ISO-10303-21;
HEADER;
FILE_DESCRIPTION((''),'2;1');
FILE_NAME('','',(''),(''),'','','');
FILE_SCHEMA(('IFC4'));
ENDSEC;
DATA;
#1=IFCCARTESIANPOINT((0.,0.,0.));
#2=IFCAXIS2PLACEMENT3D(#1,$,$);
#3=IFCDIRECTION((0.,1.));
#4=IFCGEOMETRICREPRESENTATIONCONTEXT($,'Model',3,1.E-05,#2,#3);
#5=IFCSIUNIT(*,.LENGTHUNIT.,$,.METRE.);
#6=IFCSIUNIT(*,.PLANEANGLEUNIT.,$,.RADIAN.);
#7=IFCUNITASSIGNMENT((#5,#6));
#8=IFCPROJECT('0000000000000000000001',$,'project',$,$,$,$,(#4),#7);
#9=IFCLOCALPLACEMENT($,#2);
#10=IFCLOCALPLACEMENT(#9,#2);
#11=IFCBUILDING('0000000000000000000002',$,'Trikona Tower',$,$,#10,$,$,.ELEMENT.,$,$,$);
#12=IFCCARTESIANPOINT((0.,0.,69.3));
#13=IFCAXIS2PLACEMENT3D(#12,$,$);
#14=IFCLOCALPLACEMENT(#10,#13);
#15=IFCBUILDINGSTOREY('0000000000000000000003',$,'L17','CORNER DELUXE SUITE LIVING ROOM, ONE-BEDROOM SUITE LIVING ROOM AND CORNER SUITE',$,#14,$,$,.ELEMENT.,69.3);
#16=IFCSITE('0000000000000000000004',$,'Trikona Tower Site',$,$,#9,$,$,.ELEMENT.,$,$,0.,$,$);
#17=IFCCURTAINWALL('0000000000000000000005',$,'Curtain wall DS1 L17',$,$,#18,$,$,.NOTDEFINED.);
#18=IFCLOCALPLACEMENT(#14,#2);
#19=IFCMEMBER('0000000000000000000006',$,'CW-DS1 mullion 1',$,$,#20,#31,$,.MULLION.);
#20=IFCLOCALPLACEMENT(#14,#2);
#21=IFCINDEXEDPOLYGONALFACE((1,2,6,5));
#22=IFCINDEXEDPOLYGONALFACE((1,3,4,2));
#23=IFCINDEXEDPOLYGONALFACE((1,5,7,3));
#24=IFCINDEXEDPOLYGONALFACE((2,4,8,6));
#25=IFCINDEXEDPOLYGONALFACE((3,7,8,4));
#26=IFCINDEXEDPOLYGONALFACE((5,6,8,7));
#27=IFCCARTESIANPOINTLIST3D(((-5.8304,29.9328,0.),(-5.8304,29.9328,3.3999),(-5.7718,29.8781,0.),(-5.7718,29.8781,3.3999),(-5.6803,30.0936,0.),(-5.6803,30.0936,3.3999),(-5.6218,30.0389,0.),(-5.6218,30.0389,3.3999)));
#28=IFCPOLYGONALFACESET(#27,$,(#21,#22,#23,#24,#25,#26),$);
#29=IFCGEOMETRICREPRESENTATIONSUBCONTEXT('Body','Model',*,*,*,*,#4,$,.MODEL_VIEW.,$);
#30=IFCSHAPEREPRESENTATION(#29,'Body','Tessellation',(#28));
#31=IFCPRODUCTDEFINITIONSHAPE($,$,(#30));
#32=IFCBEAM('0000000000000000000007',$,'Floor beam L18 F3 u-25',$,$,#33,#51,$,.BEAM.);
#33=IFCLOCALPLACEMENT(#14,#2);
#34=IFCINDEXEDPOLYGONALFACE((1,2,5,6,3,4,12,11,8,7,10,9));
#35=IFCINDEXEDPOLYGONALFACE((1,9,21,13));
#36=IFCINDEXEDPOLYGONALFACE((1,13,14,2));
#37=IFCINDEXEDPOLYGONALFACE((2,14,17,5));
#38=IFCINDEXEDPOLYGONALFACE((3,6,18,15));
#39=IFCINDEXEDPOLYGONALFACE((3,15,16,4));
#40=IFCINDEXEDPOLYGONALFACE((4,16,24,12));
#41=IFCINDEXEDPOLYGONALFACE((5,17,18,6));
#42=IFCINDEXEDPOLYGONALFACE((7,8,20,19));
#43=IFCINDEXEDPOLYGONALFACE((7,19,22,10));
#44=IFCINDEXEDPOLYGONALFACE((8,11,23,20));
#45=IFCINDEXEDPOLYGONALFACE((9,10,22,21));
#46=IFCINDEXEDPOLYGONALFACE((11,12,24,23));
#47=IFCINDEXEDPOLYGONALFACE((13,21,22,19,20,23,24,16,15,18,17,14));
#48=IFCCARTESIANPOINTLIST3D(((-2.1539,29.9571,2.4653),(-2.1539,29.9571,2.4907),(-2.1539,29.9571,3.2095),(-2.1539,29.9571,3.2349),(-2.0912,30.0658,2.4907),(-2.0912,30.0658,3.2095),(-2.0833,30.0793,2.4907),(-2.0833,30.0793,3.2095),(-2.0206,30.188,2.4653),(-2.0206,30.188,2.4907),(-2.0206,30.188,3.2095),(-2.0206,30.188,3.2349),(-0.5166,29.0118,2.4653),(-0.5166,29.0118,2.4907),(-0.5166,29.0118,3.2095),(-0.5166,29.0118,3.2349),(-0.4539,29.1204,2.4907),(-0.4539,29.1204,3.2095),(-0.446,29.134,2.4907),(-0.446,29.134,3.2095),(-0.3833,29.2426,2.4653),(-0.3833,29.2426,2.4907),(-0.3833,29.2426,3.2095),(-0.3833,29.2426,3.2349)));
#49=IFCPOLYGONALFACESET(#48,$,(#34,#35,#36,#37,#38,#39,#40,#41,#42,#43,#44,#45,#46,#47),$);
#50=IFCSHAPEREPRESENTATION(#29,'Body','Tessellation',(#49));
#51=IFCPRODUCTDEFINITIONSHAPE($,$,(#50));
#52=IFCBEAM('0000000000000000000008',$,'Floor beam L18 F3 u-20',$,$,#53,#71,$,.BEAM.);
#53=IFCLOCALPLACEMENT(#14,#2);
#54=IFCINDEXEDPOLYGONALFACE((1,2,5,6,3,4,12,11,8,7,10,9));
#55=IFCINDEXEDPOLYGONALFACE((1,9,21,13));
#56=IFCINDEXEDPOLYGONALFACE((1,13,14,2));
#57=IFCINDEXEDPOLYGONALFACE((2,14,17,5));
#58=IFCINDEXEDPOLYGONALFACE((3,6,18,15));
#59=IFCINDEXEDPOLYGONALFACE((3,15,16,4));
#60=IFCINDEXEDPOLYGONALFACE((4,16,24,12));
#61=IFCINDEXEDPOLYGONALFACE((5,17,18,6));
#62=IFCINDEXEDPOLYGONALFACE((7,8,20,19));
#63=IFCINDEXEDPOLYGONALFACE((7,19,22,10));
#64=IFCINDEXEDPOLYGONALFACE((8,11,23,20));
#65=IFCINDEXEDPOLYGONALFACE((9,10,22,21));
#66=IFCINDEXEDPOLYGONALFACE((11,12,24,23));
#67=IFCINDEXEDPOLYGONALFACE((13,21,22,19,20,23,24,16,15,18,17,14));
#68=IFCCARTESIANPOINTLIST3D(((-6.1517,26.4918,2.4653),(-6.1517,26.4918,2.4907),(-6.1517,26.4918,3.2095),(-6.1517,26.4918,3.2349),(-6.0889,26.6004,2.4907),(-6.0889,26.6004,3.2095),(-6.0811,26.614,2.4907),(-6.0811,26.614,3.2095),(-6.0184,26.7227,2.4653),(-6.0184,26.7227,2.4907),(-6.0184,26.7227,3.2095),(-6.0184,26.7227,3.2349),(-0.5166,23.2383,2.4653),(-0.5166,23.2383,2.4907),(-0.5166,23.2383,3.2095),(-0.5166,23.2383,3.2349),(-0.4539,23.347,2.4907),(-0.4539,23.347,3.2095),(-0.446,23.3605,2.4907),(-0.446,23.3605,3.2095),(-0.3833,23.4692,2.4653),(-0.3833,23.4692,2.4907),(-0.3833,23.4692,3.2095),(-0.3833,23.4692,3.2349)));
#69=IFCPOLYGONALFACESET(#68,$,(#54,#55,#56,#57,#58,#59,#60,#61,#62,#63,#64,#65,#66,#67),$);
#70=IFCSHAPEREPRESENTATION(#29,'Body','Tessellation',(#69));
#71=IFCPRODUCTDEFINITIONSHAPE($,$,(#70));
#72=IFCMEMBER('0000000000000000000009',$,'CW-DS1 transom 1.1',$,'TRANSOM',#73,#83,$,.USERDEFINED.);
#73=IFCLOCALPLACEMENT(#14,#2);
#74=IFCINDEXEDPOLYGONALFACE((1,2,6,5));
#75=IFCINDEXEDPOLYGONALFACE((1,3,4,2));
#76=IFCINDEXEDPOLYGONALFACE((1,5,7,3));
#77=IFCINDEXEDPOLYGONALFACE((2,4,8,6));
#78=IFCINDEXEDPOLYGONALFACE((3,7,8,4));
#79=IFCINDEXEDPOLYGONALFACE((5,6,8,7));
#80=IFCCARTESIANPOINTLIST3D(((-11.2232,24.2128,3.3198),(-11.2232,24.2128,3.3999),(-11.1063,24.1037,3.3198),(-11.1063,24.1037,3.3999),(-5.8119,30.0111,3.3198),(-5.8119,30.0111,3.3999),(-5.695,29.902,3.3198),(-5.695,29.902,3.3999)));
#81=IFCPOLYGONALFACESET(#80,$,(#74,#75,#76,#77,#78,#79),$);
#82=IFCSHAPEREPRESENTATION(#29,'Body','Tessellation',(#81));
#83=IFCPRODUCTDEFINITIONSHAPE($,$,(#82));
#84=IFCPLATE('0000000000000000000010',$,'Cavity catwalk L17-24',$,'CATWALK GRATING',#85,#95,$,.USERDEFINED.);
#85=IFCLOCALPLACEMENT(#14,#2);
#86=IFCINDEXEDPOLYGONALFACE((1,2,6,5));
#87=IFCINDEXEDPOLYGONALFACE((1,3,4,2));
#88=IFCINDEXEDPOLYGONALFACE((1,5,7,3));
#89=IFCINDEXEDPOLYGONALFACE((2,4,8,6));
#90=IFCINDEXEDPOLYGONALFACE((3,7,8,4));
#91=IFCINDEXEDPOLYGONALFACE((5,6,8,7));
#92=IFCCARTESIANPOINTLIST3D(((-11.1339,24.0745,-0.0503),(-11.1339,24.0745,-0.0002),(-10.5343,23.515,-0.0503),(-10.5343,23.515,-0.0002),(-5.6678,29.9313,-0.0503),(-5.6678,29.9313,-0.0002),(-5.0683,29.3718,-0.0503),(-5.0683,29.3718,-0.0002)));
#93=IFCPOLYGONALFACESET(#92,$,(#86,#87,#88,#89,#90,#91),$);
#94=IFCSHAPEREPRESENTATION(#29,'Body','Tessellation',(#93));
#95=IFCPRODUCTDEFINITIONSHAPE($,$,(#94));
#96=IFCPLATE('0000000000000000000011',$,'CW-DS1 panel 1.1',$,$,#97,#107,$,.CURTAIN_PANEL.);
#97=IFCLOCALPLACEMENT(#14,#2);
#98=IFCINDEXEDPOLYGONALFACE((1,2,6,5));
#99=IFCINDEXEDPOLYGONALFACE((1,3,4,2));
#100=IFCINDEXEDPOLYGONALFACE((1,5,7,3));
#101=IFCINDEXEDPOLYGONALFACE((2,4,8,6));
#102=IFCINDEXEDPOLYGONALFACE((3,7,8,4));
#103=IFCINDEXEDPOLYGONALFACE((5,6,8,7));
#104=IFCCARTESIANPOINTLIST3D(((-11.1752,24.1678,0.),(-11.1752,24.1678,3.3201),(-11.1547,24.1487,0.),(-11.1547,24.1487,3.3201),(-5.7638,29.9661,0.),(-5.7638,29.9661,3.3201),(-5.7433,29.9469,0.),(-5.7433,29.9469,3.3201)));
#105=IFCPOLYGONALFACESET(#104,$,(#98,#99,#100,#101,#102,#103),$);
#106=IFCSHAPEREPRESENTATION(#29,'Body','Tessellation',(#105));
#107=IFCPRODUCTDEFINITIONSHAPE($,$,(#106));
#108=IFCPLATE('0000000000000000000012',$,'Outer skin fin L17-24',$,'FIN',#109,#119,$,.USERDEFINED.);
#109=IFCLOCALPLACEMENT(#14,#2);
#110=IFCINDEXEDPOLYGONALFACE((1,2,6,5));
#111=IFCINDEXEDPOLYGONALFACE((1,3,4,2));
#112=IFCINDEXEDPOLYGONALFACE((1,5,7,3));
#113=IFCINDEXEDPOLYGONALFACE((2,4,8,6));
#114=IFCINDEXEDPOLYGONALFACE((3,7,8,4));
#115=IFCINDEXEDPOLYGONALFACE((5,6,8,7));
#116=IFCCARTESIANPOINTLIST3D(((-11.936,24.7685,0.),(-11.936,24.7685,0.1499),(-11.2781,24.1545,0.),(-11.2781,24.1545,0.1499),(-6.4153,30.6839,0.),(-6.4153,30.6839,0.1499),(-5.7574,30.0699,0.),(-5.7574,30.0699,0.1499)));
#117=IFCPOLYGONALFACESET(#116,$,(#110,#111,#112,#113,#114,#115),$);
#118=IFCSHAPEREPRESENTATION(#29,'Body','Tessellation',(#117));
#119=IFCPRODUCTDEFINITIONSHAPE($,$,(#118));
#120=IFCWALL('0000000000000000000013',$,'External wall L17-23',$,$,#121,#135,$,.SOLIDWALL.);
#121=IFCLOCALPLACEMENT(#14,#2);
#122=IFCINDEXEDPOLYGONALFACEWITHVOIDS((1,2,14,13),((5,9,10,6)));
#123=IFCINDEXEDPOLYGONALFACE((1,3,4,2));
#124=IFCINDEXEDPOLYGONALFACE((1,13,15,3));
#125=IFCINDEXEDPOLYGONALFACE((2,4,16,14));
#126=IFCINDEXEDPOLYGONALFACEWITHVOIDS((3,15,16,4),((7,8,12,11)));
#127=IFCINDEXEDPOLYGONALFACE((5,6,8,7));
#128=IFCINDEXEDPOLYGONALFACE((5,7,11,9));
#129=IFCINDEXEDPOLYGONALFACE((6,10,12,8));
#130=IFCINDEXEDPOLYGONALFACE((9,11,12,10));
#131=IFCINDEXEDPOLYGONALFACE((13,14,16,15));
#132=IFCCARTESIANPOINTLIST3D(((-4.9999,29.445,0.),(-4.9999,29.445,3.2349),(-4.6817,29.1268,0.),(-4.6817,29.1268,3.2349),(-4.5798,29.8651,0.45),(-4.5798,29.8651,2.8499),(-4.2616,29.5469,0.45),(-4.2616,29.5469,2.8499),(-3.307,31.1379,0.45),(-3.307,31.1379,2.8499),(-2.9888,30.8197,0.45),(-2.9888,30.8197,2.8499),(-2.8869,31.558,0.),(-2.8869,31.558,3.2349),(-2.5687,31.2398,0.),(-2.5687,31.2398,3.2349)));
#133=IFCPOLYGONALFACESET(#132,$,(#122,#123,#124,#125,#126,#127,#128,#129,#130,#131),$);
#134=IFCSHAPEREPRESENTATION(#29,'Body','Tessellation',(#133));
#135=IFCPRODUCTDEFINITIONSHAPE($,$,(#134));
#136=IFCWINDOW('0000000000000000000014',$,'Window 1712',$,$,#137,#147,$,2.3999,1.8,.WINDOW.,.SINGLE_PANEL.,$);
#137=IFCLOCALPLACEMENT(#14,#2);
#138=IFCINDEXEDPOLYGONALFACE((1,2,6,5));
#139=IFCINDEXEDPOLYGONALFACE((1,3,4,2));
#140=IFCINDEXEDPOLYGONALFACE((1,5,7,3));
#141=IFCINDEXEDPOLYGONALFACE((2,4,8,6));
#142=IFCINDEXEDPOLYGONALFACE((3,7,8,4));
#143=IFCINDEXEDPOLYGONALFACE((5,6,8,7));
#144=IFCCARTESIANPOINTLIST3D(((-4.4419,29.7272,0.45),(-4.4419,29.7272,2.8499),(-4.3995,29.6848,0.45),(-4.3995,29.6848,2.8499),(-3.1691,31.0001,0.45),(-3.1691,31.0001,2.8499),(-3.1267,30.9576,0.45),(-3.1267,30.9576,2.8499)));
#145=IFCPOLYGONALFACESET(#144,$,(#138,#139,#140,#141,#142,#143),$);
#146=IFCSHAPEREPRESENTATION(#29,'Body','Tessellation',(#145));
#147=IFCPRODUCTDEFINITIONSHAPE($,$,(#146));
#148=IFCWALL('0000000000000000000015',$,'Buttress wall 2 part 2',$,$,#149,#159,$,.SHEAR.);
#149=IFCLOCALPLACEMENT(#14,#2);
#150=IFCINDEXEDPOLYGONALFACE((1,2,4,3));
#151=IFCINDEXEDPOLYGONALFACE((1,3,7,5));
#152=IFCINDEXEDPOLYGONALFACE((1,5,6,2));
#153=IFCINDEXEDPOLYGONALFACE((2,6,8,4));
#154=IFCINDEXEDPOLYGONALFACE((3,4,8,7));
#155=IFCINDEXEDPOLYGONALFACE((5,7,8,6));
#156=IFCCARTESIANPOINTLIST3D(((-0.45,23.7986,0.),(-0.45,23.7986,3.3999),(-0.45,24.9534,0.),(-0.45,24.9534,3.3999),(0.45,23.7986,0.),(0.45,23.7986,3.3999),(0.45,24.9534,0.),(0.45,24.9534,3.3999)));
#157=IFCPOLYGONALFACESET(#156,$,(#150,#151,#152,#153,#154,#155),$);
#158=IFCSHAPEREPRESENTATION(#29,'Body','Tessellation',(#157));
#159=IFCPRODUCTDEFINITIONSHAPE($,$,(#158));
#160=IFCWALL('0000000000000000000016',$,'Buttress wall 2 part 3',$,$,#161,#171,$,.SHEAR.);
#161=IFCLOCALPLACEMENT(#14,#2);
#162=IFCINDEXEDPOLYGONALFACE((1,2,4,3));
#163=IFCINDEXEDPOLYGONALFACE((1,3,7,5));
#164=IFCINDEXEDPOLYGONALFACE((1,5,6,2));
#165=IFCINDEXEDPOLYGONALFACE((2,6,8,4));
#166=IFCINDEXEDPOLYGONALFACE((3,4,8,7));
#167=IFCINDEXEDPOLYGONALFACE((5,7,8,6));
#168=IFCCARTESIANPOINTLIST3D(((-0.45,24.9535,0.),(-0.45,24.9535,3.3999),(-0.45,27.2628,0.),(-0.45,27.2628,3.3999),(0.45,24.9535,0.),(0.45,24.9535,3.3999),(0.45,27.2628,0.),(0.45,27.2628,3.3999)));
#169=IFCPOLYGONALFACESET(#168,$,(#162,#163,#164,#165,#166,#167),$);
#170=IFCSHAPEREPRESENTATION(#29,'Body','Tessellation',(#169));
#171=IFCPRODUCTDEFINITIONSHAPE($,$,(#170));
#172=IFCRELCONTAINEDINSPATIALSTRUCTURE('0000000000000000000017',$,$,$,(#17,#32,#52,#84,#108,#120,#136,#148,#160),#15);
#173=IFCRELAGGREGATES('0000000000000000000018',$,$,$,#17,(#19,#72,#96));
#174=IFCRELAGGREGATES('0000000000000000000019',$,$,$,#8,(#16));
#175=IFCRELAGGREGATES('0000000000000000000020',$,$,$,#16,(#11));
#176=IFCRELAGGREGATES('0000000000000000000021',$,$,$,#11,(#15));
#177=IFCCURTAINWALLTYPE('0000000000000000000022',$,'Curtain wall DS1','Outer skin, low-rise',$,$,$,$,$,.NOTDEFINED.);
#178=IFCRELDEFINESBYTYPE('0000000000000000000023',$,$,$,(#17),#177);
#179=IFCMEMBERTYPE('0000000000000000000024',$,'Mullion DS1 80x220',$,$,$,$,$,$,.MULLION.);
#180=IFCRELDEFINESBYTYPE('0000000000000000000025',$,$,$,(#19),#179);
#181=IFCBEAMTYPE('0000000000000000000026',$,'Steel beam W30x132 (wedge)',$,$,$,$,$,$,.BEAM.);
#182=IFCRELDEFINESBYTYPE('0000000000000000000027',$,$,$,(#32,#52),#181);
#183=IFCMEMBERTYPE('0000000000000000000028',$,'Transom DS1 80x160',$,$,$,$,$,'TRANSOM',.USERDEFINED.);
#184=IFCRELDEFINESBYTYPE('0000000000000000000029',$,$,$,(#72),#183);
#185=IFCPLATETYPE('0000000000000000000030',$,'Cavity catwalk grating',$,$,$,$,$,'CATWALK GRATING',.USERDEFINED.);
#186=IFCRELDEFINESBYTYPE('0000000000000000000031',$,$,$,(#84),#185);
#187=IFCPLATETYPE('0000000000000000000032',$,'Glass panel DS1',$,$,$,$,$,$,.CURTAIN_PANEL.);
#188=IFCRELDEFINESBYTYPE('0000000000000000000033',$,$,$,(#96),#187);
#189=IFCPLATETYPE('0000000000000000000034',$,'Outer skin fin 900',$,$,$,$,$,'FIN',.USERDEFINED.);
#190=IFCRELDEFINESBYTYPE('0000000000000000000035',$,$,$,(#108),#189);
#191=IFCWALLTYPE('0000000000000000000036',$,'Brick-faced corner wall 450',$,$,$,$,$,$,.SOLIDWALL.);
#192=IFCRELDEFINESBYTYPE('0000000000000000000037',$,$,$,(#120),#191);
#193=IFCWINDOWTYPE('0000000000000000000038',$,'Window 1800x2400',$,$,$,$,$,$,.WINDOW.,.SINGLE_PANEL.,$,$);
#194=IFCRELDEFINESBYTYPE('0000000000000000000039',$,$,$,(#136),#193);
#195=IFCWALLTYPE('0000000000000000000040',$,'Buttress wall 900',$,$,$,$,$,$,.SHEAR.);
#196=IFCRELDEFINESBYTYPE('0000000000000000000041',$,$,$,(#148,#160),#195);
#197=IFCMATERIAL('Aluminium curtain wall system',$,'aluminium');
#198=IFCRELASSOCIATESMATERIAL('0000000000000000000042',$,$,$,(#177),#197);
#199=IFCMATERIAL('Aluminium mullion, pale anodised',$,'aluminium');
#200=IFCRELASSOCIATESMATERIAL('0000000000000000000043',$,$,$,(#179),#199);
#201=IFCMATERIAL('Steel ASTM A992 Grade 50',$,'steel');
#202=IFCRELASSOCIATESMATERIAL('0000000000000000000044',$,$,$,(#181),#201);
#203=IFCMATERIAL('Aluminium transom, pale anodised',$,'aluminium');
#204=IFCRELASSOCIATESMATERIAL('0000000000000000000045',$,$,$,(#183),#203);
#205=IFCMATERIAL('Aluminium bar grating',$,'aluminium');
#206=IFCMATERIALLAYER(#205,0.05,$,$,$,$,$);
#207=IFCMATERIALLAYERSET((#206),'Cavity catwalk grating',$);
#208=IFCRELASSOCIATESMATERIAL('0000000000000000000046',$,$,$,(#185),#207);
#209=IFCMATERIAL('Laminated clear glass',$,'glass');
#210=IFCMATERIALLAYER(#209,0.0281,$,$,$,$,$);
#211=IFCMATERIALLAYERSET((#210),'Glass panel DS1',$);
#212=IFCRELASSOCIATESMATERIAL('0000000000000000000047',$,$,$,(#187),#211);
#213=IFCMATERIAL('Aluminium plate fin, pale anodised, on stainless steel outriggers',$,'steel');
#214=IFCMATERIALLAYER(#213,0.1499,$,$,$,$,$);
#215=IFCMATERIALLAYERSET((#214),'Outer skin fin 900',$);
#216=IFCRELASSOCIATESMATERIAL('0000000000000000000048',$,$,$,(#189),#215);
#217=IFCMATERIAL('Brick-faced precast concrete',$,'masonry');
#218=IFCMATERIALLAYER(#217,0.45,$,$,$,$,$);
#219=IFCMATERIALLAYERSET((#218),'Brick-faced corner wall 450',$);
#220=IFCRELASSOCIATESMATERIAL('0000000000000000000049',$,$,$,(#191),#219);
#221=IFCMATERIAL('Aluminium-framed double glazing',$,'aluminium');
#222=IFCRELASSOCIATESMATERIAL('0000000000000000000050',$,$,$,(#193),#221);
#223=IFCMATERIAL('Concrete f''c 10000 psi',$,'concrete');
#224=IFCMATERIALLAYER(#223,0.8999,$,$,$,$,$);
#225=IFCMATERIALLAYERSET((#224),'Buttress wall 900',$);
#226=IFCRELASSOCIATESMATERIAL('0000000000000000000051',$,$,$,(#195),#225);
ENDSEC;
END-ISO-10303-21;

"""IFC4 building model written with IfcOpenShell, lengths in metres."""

from ifc_helpers import new_model, si_unit, direction, frame, frame_2d, origin, origin_2d, place, context, subcontext, project, spatial, rectangle, i_section, extrude, material, layer, layer_set, material_profile, profile_set, type_object, element, fill, aggregate, save


model = new_model("IFC4")

# Units and contexts
model_context = context("Model", 3, precision=1e-05, world=origin(), true_north=direction((0.0, 1.0)))
body_context = subcontext(model_context, "Body", "Model", "MODEL_VIEW")
ifc_project = project(units=[si_unit("LENGTHUNIT", "METRE"), si_unit("PLANEANGLEUNIT", "RADIAN")], contexts=[model_context])

# Site, building, storey
site_placement = place(None, origin())
site = spatial("IfcSite", under=ifc_project, at=site_placement, Name="Trikona Tower Site", CompositionType="ELEMENT", RefElevation=0.0)
building_placement = place(site_placement, origin())
building = spatial("IfcBuilding", under=site, at=building_placement, Name="Trikona Tower", CompositionType="ELEMENT")
storey_placement = place(building_placement, frame((0.0, 0.0, 69.3)))
storey = spatial("IfcBuildingStorey", under=building, at=storey_placement, Name="L17", Description="CORNER DELUXE SUITE LIVING ROOM, ONE-BEDROOM SUITE LIVING ROOM AND CORNER SUITE", CompositionType="ELEMENT", Elevation=69.3)

# Curtain wall, member
ifc_material_1 = material(Name="Aluminium curtain wall system", Category="aluminium")
curtain_wall_type = type_object("IfcCurtainWallType", Name="Curtain wall DS1", Description="Outer skin, low-rise", PredefinedType="NOTDEFINED", material=ifc_material_1)
curtain_wall_placement = place(storey_placement, origin())
curtain_wall = element("IfcCurtainWall", 1, at=curtain_wall_placement, inside=storey, type_object=curtain_wall_type, Name="Curtain wall DS1 L17", PredefinedType="NOTDEFINED")
ifc_material_2 = material(Name="Aluminium mullion, pale anodised", Category="aluminium")
ifc_material_profile_1 = material_profile(ifc_material_2, rectangle(XDim=0.0801, YDim=0.22, at=origin_2d()), Name="MUL-DS1")
ifc_profile_set_1 = profile_set([ifc_material_profile_1], Name="Aluminium mullion, pale anodised")
member_type_1 = type_object("IfcMemberType", Name="Mullion DS1 80x220", PredefinedType="MULLION", material=ifc_profile_set_1)
member_1_placement = place(storey_placement, frame((-5.7261, 29.9858, 0.0), z_axis=(0.0, 0.0, 1.0), x_axis=(0.731077, -0.682295, 0.0)))
member_1 = element("IfcMember", 2, at=member_1_placement, type_object=member_type_1, Name="CW-DS1 mullion 1", PredefinedType="MULLION", context=body_context, shape_type="SweptSolid", body=[
    extrude(rectangle(XDim=0.0801, YDim=0.22, at=origin_2d()), origin(), (0.0, 0.0, 1.0), 3.3999),
])

# Beams
ifc_material_3 = material(Name="Steel ASTM A992 Grade 50", Category="steel")
ifc_material_profile_2 = material_profile(ifc_material_3, i_section(OverallWidth=0.2666, OverallDepth=0.7695, WebThickness=0.0156, FlangeThickness=0.0254, at=origin_2d()), Name="W30X132")
ifc_profile_set_2 = profile_set([ifc_material_profile_2], Name="Steel ASTM A992 Grade 50")
beam_type = type_object("IfcBeamType", Name="Steel beam W30x132 (wedge)", PredefinedType="BEAM", material=ifc_profile_set_2)
beam_1_placement = place(storey_placement, frame((-0.45, 29.1272, 2.8501), z_axis=(-0.866009, 0.500028, 0.0), x_axis=(-0.500028, -0.866009, 0.0)))
element("IfcBeam", 3, at=beam_1_placement, inside=storey, type_object=beam_type, Name="Floor beam L18 F3 u-25", PredefinedType="BEAM", context=body_context, shape_type="SweptSolid", body=[
    extrude(i_section(OverallWidth=0.2666, OverallDepth=0.7695, WebThickness=0.0156, FlangeThickness=0.0254, at=origin_2d()), origin(), (0.0, 0.0, 1.0), 1.8906),
])
beam_2_placement = place(storey_placement, frame((-0.45, 23.3538, 2.8501), z_axis=(-0.866023, 0.500005, 0.0), x_axis=(-0.500005, -0.866023, 0.0)))
element("IfcBeam", 4, at=beam_2_placement, inside=storey, type_object=beam_type, Name="Floor beam L18 F3 u-20", PredefinedType="BEAM", context=body_context, shape_type="SweptSolid", body=[
    extrude(i_section(OverallWidth=0.2666, OverallDepth=0.7695, WebThickness=0.0156, FlangeThickness=0.0254, at=origin_2d()), origin(), (0.0, 0.0, 1.0), 6.5068),
])

# Member
ifc_material_4 = material(Name="Aluminium transom, pale anodised", Category="aluminium")
ifc_material_profile_3 = material_profile(ifc_material_4, rectangle(XDim=0.1599, YDim=0.0801, at=origin_2d()), Name="TRN-DS1")
ifc_profile_set_3 = profile_set([ifc_material_profile_3], Name="Aluminium transom, pale anodised")
member_type_2 = type_object("IfcMemberType", Name="Transom DS1 80x160", ElementType="TRANSOM", PredefinedType="USERDEFINED", material=ifc_profile_set_3)
member_2_placement = place(storey_placement, frame((-5.7534, 29.9565, 3.3599), z_axis=(-0.682291, -0.731081, 0.0), x_axis=(0.731081, -0.682291, 0.0)))
member_2 = element("IfcMember", 5, at=member_2_placement, type_object=member_type_2, Name="CW-DS1 transom 1.1", ObjectType="TRANSOM", PredefinedType="USERDEFINED", context=body_context, shape_type="SweptSolid", body=[
    extrude(rectangle(XDim=0.1599, YDim=0.0801, at=origin_2d()), origin(), (0.0, 0.0, 1.0), 7.9312),
])

# Plates
ifc_material_5 = material(Name="Aluminium bar grating", Category="aluminium")
ifc_layer_1 = layer(ifc_material_5, 0.05)
ifc_layer_set_1 = layer_set([ifc_layer_1], Name="Cavity catwalk grating")
plate_type_1 = type_object("IfcPlateType", Name="Cavity catwalk grating", ElementType="CATWALK GRATING", PredefinedType="USERDEFINED", material=ifc_layer_set_1)
plate_1_placement = place(storey_placement, frame((-8.1011, 26.7231, -0.0503), z_axis=(0.0, 0.0, 1.0), x_axis=(-0.682298, -0.731074, 0.0)))
element("IfcPlate", 6, at=plate_1_placement, inside=storey, type_object=plate_type_1, Name="Cavity catwalk L17-24", ObjectType="CATWALK GRATING", PredefinedType="USERDEFINED", context=body_context, shape_type="SweptSolid", body=[
    extrude(rectangle(XDim=8.0112, YDim=0.8201, at=origin_2d()), origin(), (0.0, 0.0, 1.0), 0.05),
])
ifc_material_6 = material(Name="Laminated clear glass", Category="glass")
ifc_layer_2 = layer(ifc_material_6, 0.0281)
ifc_layer_set_2 = layer_set([ifc_layer_2], Name="Glass panel DS1")
plate_type_2 = type_object("IfcPlateType", Name="Glass panel DS1", PredefinedType="CURTAIN_PANEL", material=ifc_layer_set_2)
plate_2_placement = place(storey_placement, frame((-8.4592, 27.0574, 0.0), z_axis=(0.0, 0.0, 1.0), x_axis=(-0.682295, -0.731077, 0.0)))
plate_2 = element("IfcPlate", 7, at=plate_2_placement, type_object=plate_type_2, Name="CW-DS1 panel 1.1", PredefinedType="CURTAIN_PANEL", context=body_context, shape_type="SweptSolid", body=[
    extrude(rectangle(XDim=7.9312, YDim=0.0281, at=origin_2d()), origin(), (0.0, 0.0, 1.0), 3.3201),
])
aggregate(curtain_wall, [member_1, member_2, plate_2])
ifc_material_7 = material(Name="Aluminium plate fin, pale anodised, on stainless steel outriggers", Category="steel")
ifc_layer_3 = layer(ifc_material_7, 0.1499)
ifc_layer_set_3 = layer_set([ifc_layer_3], Name="Outer skin fin 900")
plate_type_3 = type_object("IfcPlateType", Name="Outer skin fin 900", ElementType="FIN", PredefinedType="USERDEFINED", material=ifc_layer_set_3)
plate_3_placement = place(storey_placement, frame((-8.8467, 27.4192, 0.0), z_axis=(0.0, 0.0, 1.0), x_axis=(-0.682298, -0.731074, 0.0)))
element("IfcPlate", 8, at=plate_3_placement, inside=storey, type_object=plate_type_3, Name="Outer skin fin L17-24", ObjectType="FIN", PredefinedType="USERDEFINED", context=body_context, shape_type="SweptSolid", body=[
    extrude(rectangle(XDim=8.0913, YDim=0.8999, at=origin_2d()), origin(), (0.0, 0.0, 1.0), 0.1499),
])

# Wall, opening, window
ifc_material_8 = material(Name="Brick-faced precast concrete", Category="masonry")
ifc_layer_4 = layer(ifc_material_8, 0.45)
ifc_layer_set_4 = layer_set([ifc_layer_4], Name="Brick-faced corner wall 450")
wall_type_1 = type_object("IfcWallType", Name="Brick-faced corner wall 450", PredefinedType="SOLIDWALL", material=ifc_layer_set_4)
wall_1_placement = place(storey_placement, frame((-2.7278, 31.3989, 0.0), z_axis=(0.0, 0.0, 1.0), x_axis=(-0.707107, -0.707107, 0.0)))
wall_1 = element("IfcWall", 9, at=wall_1_placement, inside=storey, type_object=wall_type_1, Name="External wall L17-23", PredefinedType="SOLIDWALL", context=body_context, shape_type="SweptSolid", body=[
    extrude(rectangle(XDim=2.9883, YDim=0.45, at=frame_2d((1.4941, 0.0))), origin(), (0.0, 0.0, 1.0), 3.2349),
])
opening_1_placement = place(wall_1_placement, frame((0.5942, 0.0, 0.45)))
opening_1 = element("IfcOpeningElement", 10, at=opening_1_placement, cuts=wall_1, PredefinedType="OPENING", context=body_context, shape_type="SweptSolid", body=[
    extrude(rectangle(XDim=1.8, YDim=2.3999, at=frame_2d((0.8999, 1.2))), frame((0.0, 0.2349, 0.0), z_axis=(0.0, -1.0, 0.0), x_axis=(1.0, 0.0, 0.0)), (0.0, 0.0, 1.0), 0.47),
])
ifc_material_9 = material(Name="Aluminium-framed double glazing", Category="aluminium")
window_type_1 = type_object("IfcWindowType", Name="Window 1800x2400", PartitioningType="SINGLE_PANEL", PredefinedType="WINDOW", material=ifc_material_9)
window_1_placement = place(opening_1_placement, origin())
window_1 = element("IfcWindow", 11, at=window_1_placement, inside=storey, type_object=window_type_1, Name="Window 1712", OverallHeight=2.3999, OverallWidth=1.8, PartitioningType="SINGLE_PANEL", PredefinedType="WINDOW", context=body_context, shape_type="SweptSolid", body=[
    extrude(rectangle(XDim=1.8, YDim=2.3999, at=frame_2d((0.8999, 1.2))), frame((0.0, 0.03, 0.0), z_axis=(0.0, -1.0, 0.0), x_axis=(1.0, 0.0, 0.0)), (0.0, 0.0, 1.0), 0.0601),
])
fill(opening_1, window_1)

# Walls
ifc_material_10 = material(Name="Concrete f'c 10000 psi", Category="concrete")
ifc_layer_5 = layer(ifc_material_10, 0.8999)
ifc_layer_set_5 = layer_set([ifc_layer_5], Name="Buttress wall 900")
wall_type_2 = type_object("IfcWallType", Name="Buttress wall 900", PredefinedType="SHEAR", material=ifc_layer_set_5)
wall_2_placement = place(storey_placement, frame((0.0, 23.7986, 0.0), z_axis=(0.0, 0.0, 1.0), x_axis=(0.0, 1.0, 0.0)))
element("IfcWall", 12, at=wall_2_placement, inside=storey, type_object=wall_type_2, Name="Buttress wall 2 part 2", PredefinedType="SHEAR", context=body_context, shape_type="SweptSolid", body=[
    extrude(rectangle(XDim=1.1548, YDim=0.8999, at=frame_2d((0.5774, 0.0))), origin(), (0.0, 0.0, 1.0), 3.3999),
])
wall_3_placement = place(storey_placement, frame((0.0, 24.9534, 0.0), z_axis=(0.0, 0.0, 1.0), x_axis=(0.0, 1.0, 0.0)))
element("IfcWall", 13, at=wall_3_placement, inside=storey, type_object=wall_type_2, Name="Buttress wall 2 part 3", PredefinedType="SHEAR", context=body_context, shape_type="SweptSolid", body=[
    extrude(rectangle(XDim=2.3093, YDim=0.8999, at=frame_2d((1.1548, 0.0))), origin(), (0.0, 0.0, 1.0), 3.3999),
])

save(model, "model.ifc")
